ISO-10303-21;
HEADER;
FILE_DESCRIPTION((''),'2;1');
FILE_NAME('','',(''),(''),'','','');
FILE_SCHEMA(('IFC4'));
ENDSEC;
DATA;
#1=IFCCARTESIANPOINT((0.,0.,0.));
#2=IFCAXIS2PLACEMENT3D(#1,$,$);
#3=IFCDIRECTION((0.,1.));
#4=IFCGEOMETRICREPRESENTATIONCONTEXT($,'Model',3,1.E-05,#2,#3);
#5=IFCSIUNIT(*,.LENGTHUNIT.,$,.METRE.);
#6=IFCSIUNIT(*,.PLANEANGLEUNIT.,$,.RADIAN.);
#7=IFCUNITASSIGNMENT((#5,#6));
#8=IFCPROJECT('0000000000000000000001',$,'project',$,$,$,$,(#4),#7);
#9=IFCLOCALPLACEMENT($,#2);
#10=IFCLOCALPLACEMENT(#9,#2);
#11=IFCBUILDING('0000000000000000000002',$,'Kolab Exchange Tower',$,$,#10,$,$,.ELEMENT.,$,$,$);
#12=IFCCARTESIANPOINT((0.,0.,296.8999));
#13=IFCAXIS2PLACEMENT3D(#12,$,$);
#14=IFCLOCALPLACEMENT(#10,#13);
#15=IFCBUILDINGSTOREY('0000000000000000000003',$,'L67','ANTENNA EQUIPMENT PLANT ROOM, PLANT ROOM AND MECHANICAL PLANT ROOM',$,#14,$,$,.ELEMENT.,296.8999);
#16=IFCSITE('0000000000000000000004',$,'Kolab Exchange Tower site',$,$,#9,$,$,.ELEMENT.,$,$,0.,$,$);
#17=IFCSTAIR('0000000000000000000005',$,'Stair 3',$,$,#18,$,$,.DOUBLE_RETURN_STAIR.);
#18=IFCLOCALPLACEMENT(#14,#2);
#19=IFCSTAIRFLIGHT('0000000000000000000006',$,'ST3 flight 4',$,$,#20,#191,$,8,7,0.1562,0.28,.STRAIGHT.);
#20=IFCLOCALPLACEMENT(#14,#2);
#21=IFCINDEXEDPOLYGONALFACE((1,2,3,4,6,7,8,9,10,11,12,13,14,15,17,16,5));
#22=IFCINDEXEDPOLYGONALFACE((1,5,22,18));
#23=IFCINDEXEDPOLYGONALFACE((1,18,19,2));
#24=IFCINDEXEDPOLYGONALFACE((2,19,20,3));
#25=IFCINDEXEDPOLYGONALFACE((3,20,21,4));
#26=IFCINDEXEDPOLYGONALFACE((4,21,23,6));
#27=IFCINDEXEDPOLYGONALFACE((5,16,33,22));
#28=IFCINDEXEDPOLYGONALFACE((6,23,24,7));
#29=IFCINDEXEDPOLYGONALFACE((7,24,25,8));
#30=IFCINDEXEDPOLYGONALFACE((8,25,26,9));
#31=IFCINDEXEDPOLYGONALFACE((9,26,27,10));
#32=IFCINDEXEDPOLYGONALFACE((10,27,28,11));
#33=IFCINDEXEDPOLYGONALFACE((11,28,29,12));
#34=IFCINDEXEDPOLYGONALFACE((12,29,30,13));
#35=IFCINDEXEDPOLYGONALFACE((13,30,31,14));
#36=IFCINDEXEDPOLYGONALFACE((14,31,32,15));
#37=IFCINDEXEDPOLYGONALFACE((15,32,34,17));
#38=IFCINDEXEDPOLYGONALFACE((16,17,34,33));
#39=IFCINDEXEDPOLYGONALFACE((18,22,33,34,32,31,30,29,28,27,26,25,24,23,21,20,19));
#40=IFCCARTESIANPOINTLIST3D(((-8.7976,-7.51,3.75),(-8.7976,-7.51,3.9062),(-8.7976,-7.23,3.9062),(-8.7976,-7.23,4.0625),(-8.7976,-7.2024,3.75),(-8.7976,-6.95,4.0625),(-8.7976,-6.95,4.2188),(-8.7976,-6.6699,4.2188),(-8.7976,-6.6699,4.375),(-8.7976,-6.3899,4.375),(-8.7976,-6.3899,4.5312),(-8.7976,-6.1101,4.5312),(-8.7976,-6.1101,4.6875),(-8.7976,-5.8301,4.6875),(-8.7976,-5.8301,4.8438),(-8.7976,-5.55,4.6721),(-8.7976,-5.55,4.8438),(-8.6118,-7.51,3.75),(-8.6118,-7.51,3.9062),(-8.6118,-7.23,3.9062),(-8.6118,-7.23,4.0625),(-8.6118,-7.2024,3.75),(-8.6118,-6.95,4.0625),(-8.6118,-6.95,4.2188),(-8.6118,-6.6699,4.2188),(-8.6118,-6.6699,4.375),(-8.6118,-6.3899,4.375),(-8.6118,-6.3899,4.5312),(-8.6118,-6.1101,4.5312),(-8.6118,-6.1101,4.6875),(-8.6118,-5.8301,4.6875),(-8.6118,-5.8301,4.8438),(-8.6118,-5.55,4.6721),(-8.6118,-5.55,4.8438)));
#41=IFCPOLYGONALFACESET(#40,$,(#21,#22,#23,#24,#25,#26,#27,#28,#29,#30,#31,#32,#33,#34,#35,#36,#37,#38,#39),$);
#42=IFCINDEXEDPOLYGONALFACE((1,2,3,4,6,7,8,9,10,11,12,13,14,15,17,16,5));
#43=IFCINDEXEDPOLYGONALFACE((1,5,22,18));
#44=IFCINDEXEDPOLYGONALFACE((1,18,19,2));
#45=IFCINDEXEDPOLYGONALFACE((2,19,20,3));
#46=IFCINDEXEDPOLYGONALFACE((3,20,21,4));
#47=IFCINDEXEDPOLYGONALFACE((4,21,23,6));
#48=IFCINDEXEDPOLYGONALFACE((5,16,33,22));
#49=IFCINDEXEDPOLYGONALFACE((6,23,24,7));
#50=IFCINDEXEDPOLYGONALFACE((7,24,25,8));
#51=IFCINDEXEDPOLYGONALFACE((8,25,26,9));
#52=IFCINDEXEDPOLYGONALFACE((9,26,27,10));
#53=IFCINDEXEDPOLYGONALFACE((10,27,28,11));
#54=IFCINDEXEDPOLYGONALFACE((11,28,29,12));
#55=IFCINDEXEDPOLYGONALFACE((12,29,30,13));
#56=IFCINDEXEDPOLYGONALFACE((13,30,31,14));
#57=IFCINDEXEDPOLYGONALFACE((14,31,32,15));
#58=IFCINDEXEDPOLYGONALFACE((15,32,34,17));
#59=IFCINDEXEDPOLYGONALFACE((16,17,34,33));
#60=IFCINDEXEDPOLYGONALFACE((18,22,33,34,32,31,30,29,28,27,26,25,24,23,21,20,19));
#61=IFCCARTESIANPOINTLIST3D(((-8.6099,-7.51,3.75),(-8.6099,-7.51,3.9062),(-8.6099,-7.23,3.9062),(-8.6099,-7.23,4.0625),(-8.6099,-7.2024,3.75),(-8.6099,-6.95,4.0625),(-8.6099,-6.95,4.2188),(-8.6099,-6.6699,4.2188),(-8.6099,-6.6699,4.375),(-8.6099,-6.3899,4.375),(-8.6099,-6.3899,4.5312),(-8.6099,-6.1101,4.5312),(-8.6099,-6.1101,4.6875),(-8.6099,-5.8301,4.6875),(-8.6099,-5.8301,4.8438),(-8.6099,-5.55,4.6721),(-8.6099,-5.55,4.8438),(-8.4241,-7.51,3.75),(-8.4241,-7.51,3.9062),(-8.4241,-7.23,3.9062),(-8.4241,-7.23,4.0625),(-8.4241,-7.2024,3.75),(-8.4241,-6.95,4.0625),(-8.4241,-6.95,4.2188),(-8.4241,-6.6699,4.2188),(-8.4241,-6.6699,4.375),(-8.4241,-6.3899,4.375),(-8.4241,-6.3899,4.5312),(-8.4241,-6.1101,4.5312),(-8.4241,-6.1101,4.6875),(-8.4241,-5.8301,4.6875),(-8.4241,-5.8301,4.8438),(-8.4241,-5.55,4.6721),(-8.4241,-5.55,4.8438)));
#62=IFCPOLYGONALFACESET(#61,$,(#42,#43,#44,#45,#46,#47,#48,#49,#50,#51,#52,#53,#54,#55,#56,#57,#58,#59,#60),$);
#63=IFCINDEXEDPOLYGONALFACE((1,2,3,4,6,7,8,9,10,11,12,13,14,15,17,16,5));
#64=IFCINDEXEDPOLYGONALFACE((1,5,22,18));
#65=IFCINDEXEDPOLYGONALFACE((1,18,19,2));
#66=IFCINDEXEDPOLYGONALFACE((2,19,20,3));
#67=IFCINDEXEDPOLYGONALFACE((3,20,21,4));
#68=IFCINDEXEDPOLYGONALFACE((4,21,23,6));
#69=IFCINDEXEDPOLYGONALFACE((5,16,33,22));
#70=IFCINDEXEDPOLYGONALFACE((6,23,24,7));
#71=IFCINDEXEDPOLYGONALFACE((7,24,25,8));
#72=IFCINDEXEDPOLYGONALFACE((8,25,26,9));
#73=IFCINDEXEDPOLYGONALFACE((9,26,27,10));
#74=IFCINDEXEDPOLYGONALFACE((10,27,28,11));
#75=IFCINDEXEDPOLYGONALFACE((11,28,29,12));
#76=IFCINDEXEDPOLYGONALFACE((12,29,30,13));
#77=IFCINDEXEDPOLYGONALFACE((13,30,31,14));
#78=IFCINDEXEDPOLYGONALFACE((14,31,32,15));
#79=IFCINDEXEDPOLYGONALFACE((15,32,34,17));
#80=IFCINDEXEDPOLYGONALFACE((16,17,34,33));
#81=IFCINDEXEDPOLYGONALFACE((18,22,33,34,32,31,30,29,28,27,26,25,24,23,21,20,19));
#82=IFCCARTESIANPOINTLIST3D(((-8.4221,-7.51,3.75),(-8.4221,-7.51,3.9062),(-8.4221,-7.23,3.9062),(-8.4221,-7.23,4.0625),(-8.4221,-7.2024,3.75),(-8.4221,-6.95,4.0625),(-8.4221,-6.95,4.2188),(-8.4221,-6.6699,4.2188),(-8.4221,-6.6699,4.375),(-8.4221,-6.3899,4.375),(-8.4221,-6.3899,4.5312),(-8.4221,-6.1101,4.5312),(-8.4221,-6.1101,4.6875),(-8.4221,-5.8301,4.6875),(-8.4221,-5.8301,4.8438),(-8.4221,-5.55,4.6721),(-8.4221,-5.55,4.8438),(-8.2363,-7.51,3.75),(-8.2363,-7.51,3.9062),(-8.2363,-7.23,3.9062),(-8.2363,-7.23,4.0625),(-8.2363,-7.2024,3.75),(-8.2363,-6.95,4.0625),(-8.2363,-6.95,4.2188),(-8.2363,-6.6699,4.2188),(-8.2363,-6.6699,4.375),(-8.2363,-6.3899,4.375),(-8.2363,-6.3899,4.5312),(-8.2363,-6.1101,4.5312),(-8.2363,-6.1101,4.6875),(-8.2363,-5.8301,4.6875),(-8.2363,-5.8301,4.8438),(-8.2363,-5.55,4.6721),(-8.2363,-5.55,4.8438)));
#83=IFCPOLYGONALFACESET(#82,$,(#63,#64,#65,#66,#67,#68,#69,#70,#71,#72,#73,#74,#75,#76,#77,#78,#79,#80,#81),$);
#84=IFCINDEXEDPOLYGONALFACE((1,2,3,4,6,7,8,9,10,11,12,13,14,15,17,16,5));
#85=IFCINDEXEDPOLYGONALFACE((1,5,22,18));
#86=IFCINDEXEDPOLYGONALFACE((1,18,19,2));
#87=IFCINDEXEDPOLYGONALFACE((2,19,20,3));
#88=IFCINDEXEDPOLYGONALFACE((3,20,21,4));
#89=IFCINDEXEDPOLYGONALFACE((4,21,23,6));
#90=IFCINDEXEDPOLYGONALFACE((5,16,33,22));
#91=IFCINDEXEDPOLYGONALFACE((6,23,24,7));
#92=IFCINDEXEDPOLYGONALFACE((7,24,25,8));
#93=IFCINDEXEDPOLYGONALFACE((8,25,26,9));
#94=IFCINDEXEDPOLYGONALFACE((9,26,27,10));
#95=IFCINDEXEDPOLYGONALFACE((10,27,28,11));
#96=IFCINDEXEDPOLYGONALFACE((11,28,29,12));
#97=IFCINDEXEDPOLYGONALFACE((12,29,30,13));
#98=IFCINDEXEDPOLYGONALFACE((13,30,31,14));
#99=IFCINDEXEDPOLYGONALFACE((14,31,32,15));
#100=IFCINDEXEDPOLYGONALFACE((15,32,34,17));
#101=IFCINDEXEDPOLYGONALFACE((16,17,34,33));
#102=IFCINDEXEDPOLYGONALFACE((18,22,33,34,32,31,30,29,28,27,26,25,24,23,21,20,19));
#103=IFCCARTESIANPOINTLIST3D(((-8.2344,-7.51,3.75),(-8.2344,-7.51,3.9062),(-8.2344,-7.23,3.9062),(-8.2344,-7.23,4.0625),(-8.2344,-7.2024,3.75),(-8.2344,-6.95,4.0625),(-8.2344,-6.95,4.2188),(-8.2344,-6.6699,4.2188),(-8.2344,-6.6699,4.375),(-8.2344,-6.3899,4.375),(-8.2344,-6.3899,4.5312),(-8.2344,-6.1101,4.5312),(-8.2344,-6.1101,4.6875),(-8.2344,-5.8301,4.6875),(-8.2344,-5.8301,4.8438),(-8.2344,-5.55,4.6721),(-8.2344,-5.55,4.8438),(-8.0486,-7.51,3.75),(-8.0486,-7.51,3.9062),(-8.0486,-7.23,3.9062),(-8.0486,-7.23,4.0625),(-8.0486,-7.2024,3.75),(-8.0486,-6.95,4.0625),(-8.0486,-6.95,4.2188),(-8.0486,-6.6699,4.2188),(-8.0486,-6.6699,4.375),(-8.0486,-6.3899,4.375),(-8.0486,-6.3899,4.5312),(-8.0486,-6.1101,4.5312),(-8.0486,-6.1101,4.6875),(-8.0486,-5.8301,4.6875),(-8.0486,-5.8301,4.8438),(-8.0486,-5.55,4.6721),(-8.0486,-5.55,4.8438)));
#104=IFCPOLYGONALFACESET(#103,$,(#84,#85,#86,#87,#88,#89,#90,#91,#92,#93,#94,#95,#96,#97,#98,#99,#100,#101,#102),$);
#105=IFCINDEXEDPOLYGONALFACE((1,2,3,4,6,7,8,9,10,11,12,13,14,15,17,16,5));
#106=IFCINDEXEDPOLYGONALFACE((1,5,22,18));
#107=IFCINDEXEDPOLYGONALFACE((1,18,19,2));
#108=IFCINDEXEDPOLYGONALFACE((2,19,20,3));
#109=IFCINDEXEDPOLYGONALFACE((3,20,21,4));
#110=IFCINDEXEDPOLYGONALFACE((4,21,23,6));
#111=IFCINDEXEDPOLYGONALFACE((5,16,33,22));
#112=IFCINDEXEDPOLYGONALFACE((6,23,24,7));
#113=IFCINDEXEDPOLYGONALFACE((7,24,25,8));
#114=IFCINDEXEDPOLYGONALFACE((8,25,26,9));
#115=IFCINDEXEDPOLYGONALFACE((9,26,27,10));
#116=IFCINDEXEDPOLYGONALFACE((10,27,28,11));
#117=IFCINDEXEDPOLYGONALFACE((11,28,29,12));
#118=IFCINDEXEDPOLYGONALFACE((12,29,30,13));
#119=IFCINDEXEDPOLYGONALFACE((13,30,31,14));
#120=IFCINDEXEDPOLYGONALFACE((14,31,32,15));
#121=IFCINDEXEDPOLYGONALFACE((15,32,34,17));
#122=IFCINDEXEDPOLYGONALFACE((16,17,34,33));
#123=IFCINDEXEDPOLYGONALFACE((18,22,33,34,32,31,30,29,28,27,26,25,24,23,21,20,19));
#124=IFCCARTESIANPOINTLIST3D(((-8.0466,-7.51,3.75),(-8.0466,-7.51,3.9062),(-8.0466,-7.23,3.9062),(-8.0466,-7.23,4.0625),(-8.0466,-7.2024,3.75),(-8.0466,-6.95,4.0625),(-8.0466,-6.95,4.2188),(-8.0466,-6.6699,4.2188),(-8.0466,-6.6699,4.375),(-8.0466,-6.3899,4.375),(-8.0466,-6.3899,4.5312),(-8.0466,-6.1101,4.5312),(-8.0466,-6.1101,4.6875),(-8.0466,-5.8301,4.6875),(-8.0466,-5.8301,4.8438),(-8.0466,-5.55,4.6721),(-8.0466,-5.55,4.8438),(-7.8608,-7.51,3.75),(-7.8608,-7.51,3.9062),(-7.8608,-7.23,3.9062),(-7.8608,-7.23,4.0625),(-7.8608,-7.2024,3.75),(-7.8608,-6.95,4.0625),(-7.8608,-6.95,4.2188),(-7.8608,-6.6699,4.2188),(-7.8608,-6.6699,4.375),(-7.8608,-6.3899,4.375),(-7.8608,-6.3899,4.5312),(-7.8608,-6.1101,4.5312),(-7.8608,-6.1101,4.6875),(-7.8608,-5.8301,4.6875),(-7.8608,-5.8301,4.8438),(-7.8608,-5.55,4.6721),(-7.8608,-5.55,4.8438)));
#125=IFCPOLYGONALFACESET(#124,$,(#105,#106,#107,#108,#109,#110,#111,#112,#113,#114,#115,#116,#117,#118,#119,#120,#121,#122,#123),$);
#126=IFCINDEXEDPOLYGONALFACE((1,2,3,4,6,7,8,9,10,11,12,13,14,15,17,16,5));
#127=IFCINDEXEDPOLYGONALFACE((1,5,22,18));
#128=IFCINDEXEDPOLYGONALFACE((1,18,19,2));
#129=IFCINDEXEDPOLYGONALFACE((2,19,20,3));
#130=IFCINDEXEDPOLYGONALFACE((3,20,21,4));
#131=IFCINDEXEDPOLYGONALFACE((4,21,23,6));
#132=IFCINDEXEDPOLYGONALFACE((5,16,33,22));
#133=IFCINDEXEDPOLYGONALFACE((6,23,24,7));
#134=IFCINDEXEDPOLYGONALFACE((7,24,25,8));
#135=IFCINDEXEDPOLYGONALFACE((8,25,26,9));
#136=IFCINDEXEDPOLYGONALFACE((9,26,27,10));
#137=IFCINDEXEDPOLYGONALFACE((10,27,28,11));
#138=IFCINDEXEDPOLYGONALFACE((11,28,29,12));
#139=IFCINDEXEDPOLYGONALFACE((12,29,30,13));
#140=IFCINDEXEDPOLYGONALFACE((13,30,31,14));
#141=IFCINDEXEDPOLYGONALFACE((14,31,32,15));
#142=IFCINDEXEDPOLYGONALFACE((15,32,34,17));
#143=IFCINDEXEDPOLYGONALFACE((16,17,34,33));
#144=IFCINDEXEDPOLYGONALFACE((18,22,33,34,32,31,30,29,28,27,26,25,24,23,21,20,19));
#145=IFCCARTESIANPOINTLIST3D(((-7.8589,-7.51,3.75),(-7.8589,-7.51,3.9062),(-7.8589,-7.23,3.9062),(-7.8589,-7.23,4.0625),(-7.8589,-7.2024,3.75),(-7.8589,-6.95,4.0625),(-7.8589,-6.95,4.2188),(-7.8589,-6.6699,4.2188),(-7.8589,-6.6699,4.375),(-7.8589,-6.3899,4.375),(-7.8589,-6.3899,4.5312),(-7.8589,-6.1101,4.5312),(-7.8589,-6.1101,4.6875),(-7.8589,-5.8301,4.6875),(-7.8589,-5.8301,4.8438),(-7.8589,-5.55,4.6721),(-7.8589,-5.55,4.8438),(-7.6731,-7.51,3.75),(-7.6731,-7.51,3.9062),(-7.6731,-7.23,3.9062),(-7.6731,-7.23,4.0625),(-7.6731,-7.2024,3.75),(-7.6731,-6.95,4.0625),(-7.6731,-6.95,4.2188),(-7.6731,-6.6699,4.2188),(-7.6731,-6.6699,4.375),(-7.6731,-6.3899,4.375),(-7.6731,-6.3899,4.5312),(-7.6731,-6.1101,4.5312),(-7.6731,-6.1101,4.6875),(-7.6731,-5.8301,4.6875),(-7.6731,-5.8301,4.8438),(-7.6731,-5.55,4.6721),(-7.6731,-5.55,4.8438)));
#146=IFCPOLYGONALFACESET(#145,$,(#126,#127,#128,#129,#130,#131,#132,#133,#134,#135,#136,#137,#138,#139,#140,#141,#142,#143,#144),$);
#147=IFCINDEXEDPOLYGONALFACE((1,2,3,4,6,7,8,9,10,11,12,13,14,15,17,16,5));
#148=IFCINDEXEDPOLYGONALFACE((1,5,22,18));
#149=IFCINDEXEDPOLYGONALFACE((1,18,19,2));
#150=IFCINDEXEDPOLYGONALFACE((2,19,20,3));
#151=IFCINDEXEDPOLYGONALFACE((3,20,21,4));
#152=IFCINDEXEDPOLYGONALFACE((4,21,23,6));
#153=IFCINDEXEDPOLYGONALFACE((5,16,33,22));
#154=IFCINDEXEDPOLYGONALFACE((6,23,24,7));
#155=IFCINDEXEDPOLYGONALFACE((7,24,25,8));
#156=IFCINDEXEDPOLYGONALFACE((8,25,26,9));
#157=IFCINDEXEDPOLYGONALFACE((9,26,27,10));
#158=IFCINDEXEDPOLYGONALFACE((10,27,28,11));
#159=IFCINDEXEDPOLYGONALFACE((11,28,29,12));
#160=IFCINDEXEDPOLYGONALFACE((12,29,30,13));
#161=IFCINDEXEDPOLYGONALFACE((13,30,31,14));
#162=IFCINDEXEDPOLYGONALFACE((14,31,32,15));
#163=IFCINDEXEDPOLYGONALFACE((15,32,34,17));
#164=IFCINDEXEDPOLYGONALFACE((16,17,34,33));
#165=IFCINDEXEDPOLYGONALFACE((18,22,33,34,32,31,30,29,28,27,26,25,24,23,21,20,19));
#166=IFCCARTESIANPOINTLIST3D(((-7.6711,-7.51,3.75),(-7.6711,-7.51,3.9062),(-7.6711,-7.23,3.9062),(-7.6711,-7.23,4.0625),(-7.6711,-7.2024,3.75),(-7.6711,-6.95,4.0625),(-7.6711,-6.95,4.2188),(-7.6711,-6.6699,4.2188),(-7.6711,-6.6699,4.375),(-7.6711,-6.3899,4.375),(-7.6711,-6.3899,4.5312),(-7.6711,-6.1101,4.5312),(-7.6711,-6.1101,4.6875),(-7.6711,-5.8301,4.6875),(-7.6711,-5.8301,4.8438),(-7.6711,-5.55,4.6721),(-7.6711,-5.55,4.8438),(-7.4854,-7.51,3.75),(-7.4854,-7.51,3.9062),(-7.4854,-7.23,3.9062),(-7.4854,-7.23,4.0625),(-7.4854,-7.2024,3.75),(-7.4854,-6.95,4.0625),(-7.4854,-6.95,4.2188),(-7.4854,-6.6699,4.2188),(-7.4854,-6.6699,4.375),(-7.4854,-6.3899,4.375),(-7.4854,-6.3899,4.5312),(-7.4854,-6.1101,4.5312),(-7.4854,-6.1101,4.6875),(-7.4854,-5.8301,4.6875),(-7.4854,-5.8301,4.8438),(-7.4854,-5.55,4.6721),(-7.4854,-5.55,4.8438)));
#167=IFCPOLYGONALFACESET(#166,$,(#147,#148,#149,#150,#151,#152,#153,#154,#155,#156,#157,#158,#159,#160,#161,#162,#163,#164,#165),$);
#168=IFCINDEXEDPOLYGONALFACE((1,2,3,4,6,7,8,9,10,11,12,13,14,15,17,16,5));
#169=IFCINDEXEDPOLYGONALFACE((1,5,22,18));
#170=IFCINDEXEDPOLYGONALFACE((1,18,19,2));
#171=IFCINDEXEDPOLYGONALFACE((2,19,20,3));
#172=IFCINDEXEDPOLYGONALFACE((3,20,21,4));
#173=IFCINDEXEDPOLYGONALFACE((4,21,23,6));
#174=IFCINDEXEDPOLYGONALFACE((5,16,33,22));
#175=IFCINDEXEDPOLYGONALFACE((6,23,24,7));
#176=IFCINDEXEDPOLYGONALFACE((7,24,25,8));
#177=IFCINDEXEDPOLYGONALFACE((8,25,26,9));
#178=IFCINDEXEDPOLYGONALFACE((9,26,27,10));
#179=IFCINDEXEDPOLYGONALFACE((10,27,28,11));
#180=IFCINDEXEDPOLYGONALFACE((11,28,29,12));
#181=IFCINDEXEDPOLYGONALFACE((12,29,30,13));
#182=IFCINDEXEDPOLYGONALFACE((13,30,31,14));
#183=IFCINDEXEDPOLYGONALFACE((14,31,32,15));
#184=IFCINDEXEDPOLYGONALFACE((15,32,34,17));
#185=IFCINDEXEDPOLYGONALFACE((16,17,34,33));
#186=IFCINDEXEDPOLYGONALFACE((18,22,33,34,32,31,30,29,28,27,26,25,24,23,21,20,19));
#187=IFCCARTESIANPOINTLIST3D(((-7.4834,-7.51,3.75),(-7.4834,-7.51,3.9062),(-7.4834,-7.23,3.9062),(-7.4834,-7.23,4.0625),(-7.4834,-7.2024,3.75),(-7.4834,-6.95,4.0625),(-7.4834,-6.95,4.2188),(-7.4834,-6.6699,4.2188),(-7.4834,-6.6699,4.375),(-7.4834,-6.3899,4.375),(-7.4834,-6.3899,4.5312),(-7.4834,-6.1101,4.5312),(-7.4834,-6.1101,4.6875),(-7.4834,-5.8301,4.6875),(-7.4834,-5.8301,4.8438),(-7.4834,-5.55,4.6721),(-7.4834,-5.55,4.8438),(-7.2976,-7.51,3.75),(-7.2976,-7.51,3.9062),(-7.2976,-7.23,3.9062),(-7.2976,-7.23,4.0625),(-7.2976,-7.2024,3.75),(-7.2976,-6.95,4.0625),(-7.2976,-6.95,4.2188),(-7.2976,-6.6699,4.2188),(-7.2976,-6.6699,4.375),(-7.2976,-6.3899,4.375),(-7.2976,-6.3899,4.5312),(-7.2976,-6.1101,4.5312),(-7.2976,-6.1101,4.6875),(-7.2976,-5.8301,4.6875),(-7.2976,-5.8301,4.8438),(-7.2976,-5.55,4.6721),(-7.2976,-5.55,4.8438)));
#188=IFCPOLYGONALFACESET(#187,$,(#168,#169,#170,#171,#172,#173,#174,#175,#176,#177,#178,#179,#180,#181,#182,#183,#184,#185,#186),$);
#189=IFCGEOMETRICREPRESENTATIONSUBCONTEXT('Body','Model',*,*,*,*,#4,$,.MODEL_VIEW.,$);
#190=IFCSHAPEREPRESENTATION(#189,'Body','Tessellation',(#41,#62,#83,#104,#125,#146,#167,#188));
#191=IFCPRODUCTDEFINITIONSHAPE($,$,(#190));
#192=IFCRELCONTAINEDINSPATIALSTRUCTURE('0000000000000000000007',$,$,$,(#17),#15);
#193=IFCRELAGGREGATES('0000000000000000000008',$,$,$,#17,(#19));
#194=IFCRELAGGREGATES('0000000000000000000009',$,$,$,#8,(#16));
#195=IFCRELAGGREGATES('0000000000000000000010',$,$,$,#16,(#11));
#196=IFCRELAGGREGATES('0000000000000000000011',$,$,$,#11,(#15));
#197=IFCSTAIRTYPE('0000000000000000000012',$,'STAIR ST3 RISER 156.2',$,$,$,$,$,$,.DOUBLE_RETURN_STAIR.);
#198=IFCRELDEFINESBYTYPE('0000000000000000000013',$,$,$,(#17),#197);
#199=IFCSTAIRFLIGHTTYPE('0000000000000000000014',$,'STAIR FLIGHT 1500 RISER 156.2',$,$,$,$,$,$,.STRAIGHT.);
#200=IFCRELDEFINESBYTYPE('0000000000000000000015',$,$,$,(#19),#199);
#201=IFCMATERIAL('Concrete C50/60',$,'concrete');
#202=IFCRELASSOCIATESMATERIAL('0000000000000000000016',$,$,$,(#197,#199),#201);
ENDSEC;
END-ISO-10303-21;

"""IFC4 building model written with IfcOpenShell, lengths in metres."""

from ifc_helpers import new_model, si_unit, direction, frame, origin, place, context, subcontext, project, spatial, polyline, outline, extrude, material, type_object, element, aggregate, save


model = new_model("IFC4")

# Units and contexts
model_context = context("Model", 3, precision=1e-05, world=origin(), true_north=direction((0.0, 1.0)))
body_context = subcontext(model_context, "Body", "Model", "MODEL_VIEW")
ifc_project = project(units=[si_unit("LENGTHUNIT", "METRE"), si_unit("PLANEANGLEUNIT", "RADIAN")], contexts=[model_context])

# Site, building, storey
site_placement = place(None, origin())
site = spatial("IfcSite", under=ifc_project, at=site_placement, Name="Kolab Exchange Tower site", CompositionType="ELEMENT", RefElevation=0.0)
building_placement = place(site_placement, origin())
building = spatial("IfcBuilding", under=site, at=building_placement, Name="Kolab Exchange Tower", CompositionType="ELEMENT")
storey_placement = place(building_placement, frame((0.0, 0.0, 296.8999)))
storey = spatial("IfcBuildingStorey", under=building, at=storey_placement, Name="L67", Description="ANTENNA EQUIPMENT PLANT ROOM, PLANT ROOM AND MECHANICAL PLANT ROOM", CompositionType="ELEMENT", Elevation=296.8999)

# Shared definitions
ifc_material_1 = material(Name="Concrete C50/60", Category="concrete")

# Stair, stair flight
stair_type = type_object("IfcStairType", Name="STAIR ST3 RISER 156.2", PredefinedType="DOUBLE_RETURN_STAIR", material=ifc_material_1)
stair_placement = place(storey_placement, origin())
stair = element("IfcStair", 1, at=stair_placement, inside=storey, type_object=stair_type, Name="Stair 3", PredefinedType="DOUBLE_RETURN_STAIR")
stair_flight_type = type_object("IfcStairFlightType", Name="STAIR FLIGHT 1500 RISER 156.2", PredefinedType="STRAIGHT", material=ifc_material_1)
stair_flight_1_placement = place(storey_placement, frame((-8.0476, -7.51, 3.75), z_axis=(0.0, 0.0, 1.0), x_axis=(0.0, 1.0, 0.0)))
stair_flight_1 = element("IfcStairFlight", 2, at=stair_flight_1_placement, type_object=stair_flight_type, Name="ST3 flight 4", NumberOfRisers=8, NumberOfTreads=7, PredefinedType="STRAIGHT", RiserHeight=0.1562, TreadLength=0.28, context=body_context, shape_type="SweptSolid", body=[
    extrude(outline(polyline([(0.0, 0.0), (0.0, 0.1562), (0.28, 0.1562), (0.28, 0.3125), (0.5601, 0.3125), (0.5601, 0.4688), (0.8401, 0.4688), (0.8401, 0.625), (1.1201, 0.625), (1.1201, 0.7812), (1.3999, 0.7812), (1.3999, 0.9375), (1.6799, 0.9375), (1.6799, 1.0938), (1.96, 1.0938), (1.96, 1.25), (1.96, 0.9221), (0.3076, 0.0), (0.0, 0.0)])), frame((0.0, 0.75, 0.0), z_axis=(0.0, -1.0, 0.0), x_axis=(1.0, 0.0, 0.0)), (0.0, 0.0, 1.0), 0.1858),
    extrude(outline(polyline([(0.0, 0.0), (0.0, 0.1562), (0.28, 0.1562), (0.28, 0.3125), (0.5601, 0.3125), (0.5601, 0.4688), (0.8401, 0.4688), (0.8401, 0.625), (1.1201, 0.625), (1.1201, 0.7812), (1.3999, 0.7812), (1.3999, 0.9375), (1.6799, 0.9375), (1.6799, 1.0938), (1.96, 1.0938), (1.96, 1.25), (1.96, 0.9221), (0.3076, 0.0), (0.0, 0.0)])), frame((0.0, 0.5623, 0.0), z_axis=(0.0, -1.0, 0.0), x_axis=(1.0, 0.0, 0.0)), (0.0, 0.0, 1.0), 0.1858),
    extrude(outline(polyline([(0.0, 0.0), (0.0, 0.1562), (0.28, 0.1562), (0.28, 0.3125), (0.5601, 0.3125), (0.5601, 0.4688), (0.8401, 0.4688), (0.8401, 0.625), (1.1201, 0.625), (1.1201, 0.7812), (1.3999, 0.7812), (1.3999, 0.9375), (1.6799, 0.9375), (1.6799, 1.0938), (1.96, 1.0938), (1.96, 1.25), (1.96, 0.9221), (0.3076, 0.0), (0.0, 0.0)])), frame((0.0, 0.3745, 0.0), z_axis=(0.0, -1.0, 0.0), x_axis=(1.0, 0.0, 0.0)), (0.0, 0.0, 1.0), 0.1858),
    extrude(outline(polyline([(0.0, 0.0), (0.0, 0.1562), (0.28, 0.1562), (0.28, 0.3125), (0.5601, 0.3125), (0.5601, 0.4688), (0.8401, 0.4688), (0.8401, 0.625), (1.1201, 0.625), (1.1201, 0.7812), (1.3999, 0.7812), (1.3999, 0.9375), (1.6799, 0.9375), (1.6799, 1.0938), (1.96, 1.0938), (1.96, 1.25), (1.96, 0.9221), (0.3076, 0.0), (0.0, 0.0)])), frame((0.0, 0.1868, 0.0), z_axis=(0.0, -1.0, 0.0), x_axis=(1.0, 0.0, 0.0)), (0.0, 0.0, 1.0), 0.1858),
    extrude(outline(polyline([(0.0, 0.0), (0.0, 0.1562), (0.28, 0.1562), (0.28, 0.3125), (0.5601, 0.3125), (0.5601, 0.4688), (0.8401, 0.4688), (0.8401, 0.625), (1.1201, 0.625), (1.1201, 0.7812), (1.3999, 0.7812), (1.3999, 0.9375), (1.6799, 0.9375), (1.6799, 1.0938), (1.96, 1.0938), (1.96, 1.25), (1.96, 0.9221), (0.3076, 0.0), (0.0, 0.0)])), frame((0.0, -0.001, 0.0), z_axis=(0.0, -1.0, 0.0), x_axis=(1.0, 0.0, 0.0)), (0.0, 0.0, 1.0), 0.1858),
    extrude(outline(polyline([(0.0, 0.0), (0.0, 0.1562), (0.28, 0.1562), (0.28, 0.3125), (0.5601, 0.3125), (0.5601, 0.4688), (0.8401, 0.4688), (0.8401, 0.625), (1.1201, 0.625), (1.1201, 0.7812), (1.3999, 0.7812), (1.3999, 0.9375), (1.6799, 0.9375), (1.6799, 1.0938), (1.96, 1.0938), (1.96, 1.25), (1.96, 0.9221), (0.3076, 0.0), (0.0, 0.0)])), frame((0.0, -0.1887, 0.0), z_axis=(0.0, -1.0, 0.0), x_axis=(1.0, 0.0, 0.0)), (0.0, 0.0, 1.0), 0.1858),
    extrude(outline(polyline([(0.0, 0.0), (0.0, 0.1562), (0.28, 0.1562), (0.28, 0.3125), (0.5601, 0.3125), (0.5601, 0.4688), (0.8401, 0.4688), (0.8401, 0.625), (1.1201, 0.625), (1.1201, 0.7812), (1.3999, 0.7812), (1.3999, 0.9375), (1.6799, 0.9375), (1.6799, 1.0938), (1.96, 1.0938), (1.96, 1.25), (1.96, 0.9221), (0.3076, 0.0), (0.0, 0.0)])), frame((0.0, -0.3765, 0.0), z_axis=(0.0, -1.0, 0.0), x_axis=(1.0, 0.0, 0.0)), (0.0, 0.0, 1.0), 0.1858),
    extrude(outline(polyline([(0.0, 0.0), (0.0, 0.1562), (0.28, 0.1562), (0.28, 0.3125), (0.5601, 0.3125), (0.5601, 0.4688), (0.8401, 0.4688), (0.8401, 0.625), (1.1201, 0.625), (1.1201, 0.7812), (1.3999, 0.7812), (1.3999, 0.9375), (1.6799, 0.9375), (1.6799, 1.0938), (1.96, 1.0938), (1.96, 1.25), (1.96, 0.9221), (0.3076, 0.0), (0.0, 0.0)])), frame((0.0, -0.5642, 0.0), z_axis=(0.0, -1.0, 0.0), x_axis=(1.0, 0.0, 0.0)), (0.0, 0.0, 1.0), 0.1858),
])
aggregate(stair, [stair_flight_1])

save(model, "model.ifc")
